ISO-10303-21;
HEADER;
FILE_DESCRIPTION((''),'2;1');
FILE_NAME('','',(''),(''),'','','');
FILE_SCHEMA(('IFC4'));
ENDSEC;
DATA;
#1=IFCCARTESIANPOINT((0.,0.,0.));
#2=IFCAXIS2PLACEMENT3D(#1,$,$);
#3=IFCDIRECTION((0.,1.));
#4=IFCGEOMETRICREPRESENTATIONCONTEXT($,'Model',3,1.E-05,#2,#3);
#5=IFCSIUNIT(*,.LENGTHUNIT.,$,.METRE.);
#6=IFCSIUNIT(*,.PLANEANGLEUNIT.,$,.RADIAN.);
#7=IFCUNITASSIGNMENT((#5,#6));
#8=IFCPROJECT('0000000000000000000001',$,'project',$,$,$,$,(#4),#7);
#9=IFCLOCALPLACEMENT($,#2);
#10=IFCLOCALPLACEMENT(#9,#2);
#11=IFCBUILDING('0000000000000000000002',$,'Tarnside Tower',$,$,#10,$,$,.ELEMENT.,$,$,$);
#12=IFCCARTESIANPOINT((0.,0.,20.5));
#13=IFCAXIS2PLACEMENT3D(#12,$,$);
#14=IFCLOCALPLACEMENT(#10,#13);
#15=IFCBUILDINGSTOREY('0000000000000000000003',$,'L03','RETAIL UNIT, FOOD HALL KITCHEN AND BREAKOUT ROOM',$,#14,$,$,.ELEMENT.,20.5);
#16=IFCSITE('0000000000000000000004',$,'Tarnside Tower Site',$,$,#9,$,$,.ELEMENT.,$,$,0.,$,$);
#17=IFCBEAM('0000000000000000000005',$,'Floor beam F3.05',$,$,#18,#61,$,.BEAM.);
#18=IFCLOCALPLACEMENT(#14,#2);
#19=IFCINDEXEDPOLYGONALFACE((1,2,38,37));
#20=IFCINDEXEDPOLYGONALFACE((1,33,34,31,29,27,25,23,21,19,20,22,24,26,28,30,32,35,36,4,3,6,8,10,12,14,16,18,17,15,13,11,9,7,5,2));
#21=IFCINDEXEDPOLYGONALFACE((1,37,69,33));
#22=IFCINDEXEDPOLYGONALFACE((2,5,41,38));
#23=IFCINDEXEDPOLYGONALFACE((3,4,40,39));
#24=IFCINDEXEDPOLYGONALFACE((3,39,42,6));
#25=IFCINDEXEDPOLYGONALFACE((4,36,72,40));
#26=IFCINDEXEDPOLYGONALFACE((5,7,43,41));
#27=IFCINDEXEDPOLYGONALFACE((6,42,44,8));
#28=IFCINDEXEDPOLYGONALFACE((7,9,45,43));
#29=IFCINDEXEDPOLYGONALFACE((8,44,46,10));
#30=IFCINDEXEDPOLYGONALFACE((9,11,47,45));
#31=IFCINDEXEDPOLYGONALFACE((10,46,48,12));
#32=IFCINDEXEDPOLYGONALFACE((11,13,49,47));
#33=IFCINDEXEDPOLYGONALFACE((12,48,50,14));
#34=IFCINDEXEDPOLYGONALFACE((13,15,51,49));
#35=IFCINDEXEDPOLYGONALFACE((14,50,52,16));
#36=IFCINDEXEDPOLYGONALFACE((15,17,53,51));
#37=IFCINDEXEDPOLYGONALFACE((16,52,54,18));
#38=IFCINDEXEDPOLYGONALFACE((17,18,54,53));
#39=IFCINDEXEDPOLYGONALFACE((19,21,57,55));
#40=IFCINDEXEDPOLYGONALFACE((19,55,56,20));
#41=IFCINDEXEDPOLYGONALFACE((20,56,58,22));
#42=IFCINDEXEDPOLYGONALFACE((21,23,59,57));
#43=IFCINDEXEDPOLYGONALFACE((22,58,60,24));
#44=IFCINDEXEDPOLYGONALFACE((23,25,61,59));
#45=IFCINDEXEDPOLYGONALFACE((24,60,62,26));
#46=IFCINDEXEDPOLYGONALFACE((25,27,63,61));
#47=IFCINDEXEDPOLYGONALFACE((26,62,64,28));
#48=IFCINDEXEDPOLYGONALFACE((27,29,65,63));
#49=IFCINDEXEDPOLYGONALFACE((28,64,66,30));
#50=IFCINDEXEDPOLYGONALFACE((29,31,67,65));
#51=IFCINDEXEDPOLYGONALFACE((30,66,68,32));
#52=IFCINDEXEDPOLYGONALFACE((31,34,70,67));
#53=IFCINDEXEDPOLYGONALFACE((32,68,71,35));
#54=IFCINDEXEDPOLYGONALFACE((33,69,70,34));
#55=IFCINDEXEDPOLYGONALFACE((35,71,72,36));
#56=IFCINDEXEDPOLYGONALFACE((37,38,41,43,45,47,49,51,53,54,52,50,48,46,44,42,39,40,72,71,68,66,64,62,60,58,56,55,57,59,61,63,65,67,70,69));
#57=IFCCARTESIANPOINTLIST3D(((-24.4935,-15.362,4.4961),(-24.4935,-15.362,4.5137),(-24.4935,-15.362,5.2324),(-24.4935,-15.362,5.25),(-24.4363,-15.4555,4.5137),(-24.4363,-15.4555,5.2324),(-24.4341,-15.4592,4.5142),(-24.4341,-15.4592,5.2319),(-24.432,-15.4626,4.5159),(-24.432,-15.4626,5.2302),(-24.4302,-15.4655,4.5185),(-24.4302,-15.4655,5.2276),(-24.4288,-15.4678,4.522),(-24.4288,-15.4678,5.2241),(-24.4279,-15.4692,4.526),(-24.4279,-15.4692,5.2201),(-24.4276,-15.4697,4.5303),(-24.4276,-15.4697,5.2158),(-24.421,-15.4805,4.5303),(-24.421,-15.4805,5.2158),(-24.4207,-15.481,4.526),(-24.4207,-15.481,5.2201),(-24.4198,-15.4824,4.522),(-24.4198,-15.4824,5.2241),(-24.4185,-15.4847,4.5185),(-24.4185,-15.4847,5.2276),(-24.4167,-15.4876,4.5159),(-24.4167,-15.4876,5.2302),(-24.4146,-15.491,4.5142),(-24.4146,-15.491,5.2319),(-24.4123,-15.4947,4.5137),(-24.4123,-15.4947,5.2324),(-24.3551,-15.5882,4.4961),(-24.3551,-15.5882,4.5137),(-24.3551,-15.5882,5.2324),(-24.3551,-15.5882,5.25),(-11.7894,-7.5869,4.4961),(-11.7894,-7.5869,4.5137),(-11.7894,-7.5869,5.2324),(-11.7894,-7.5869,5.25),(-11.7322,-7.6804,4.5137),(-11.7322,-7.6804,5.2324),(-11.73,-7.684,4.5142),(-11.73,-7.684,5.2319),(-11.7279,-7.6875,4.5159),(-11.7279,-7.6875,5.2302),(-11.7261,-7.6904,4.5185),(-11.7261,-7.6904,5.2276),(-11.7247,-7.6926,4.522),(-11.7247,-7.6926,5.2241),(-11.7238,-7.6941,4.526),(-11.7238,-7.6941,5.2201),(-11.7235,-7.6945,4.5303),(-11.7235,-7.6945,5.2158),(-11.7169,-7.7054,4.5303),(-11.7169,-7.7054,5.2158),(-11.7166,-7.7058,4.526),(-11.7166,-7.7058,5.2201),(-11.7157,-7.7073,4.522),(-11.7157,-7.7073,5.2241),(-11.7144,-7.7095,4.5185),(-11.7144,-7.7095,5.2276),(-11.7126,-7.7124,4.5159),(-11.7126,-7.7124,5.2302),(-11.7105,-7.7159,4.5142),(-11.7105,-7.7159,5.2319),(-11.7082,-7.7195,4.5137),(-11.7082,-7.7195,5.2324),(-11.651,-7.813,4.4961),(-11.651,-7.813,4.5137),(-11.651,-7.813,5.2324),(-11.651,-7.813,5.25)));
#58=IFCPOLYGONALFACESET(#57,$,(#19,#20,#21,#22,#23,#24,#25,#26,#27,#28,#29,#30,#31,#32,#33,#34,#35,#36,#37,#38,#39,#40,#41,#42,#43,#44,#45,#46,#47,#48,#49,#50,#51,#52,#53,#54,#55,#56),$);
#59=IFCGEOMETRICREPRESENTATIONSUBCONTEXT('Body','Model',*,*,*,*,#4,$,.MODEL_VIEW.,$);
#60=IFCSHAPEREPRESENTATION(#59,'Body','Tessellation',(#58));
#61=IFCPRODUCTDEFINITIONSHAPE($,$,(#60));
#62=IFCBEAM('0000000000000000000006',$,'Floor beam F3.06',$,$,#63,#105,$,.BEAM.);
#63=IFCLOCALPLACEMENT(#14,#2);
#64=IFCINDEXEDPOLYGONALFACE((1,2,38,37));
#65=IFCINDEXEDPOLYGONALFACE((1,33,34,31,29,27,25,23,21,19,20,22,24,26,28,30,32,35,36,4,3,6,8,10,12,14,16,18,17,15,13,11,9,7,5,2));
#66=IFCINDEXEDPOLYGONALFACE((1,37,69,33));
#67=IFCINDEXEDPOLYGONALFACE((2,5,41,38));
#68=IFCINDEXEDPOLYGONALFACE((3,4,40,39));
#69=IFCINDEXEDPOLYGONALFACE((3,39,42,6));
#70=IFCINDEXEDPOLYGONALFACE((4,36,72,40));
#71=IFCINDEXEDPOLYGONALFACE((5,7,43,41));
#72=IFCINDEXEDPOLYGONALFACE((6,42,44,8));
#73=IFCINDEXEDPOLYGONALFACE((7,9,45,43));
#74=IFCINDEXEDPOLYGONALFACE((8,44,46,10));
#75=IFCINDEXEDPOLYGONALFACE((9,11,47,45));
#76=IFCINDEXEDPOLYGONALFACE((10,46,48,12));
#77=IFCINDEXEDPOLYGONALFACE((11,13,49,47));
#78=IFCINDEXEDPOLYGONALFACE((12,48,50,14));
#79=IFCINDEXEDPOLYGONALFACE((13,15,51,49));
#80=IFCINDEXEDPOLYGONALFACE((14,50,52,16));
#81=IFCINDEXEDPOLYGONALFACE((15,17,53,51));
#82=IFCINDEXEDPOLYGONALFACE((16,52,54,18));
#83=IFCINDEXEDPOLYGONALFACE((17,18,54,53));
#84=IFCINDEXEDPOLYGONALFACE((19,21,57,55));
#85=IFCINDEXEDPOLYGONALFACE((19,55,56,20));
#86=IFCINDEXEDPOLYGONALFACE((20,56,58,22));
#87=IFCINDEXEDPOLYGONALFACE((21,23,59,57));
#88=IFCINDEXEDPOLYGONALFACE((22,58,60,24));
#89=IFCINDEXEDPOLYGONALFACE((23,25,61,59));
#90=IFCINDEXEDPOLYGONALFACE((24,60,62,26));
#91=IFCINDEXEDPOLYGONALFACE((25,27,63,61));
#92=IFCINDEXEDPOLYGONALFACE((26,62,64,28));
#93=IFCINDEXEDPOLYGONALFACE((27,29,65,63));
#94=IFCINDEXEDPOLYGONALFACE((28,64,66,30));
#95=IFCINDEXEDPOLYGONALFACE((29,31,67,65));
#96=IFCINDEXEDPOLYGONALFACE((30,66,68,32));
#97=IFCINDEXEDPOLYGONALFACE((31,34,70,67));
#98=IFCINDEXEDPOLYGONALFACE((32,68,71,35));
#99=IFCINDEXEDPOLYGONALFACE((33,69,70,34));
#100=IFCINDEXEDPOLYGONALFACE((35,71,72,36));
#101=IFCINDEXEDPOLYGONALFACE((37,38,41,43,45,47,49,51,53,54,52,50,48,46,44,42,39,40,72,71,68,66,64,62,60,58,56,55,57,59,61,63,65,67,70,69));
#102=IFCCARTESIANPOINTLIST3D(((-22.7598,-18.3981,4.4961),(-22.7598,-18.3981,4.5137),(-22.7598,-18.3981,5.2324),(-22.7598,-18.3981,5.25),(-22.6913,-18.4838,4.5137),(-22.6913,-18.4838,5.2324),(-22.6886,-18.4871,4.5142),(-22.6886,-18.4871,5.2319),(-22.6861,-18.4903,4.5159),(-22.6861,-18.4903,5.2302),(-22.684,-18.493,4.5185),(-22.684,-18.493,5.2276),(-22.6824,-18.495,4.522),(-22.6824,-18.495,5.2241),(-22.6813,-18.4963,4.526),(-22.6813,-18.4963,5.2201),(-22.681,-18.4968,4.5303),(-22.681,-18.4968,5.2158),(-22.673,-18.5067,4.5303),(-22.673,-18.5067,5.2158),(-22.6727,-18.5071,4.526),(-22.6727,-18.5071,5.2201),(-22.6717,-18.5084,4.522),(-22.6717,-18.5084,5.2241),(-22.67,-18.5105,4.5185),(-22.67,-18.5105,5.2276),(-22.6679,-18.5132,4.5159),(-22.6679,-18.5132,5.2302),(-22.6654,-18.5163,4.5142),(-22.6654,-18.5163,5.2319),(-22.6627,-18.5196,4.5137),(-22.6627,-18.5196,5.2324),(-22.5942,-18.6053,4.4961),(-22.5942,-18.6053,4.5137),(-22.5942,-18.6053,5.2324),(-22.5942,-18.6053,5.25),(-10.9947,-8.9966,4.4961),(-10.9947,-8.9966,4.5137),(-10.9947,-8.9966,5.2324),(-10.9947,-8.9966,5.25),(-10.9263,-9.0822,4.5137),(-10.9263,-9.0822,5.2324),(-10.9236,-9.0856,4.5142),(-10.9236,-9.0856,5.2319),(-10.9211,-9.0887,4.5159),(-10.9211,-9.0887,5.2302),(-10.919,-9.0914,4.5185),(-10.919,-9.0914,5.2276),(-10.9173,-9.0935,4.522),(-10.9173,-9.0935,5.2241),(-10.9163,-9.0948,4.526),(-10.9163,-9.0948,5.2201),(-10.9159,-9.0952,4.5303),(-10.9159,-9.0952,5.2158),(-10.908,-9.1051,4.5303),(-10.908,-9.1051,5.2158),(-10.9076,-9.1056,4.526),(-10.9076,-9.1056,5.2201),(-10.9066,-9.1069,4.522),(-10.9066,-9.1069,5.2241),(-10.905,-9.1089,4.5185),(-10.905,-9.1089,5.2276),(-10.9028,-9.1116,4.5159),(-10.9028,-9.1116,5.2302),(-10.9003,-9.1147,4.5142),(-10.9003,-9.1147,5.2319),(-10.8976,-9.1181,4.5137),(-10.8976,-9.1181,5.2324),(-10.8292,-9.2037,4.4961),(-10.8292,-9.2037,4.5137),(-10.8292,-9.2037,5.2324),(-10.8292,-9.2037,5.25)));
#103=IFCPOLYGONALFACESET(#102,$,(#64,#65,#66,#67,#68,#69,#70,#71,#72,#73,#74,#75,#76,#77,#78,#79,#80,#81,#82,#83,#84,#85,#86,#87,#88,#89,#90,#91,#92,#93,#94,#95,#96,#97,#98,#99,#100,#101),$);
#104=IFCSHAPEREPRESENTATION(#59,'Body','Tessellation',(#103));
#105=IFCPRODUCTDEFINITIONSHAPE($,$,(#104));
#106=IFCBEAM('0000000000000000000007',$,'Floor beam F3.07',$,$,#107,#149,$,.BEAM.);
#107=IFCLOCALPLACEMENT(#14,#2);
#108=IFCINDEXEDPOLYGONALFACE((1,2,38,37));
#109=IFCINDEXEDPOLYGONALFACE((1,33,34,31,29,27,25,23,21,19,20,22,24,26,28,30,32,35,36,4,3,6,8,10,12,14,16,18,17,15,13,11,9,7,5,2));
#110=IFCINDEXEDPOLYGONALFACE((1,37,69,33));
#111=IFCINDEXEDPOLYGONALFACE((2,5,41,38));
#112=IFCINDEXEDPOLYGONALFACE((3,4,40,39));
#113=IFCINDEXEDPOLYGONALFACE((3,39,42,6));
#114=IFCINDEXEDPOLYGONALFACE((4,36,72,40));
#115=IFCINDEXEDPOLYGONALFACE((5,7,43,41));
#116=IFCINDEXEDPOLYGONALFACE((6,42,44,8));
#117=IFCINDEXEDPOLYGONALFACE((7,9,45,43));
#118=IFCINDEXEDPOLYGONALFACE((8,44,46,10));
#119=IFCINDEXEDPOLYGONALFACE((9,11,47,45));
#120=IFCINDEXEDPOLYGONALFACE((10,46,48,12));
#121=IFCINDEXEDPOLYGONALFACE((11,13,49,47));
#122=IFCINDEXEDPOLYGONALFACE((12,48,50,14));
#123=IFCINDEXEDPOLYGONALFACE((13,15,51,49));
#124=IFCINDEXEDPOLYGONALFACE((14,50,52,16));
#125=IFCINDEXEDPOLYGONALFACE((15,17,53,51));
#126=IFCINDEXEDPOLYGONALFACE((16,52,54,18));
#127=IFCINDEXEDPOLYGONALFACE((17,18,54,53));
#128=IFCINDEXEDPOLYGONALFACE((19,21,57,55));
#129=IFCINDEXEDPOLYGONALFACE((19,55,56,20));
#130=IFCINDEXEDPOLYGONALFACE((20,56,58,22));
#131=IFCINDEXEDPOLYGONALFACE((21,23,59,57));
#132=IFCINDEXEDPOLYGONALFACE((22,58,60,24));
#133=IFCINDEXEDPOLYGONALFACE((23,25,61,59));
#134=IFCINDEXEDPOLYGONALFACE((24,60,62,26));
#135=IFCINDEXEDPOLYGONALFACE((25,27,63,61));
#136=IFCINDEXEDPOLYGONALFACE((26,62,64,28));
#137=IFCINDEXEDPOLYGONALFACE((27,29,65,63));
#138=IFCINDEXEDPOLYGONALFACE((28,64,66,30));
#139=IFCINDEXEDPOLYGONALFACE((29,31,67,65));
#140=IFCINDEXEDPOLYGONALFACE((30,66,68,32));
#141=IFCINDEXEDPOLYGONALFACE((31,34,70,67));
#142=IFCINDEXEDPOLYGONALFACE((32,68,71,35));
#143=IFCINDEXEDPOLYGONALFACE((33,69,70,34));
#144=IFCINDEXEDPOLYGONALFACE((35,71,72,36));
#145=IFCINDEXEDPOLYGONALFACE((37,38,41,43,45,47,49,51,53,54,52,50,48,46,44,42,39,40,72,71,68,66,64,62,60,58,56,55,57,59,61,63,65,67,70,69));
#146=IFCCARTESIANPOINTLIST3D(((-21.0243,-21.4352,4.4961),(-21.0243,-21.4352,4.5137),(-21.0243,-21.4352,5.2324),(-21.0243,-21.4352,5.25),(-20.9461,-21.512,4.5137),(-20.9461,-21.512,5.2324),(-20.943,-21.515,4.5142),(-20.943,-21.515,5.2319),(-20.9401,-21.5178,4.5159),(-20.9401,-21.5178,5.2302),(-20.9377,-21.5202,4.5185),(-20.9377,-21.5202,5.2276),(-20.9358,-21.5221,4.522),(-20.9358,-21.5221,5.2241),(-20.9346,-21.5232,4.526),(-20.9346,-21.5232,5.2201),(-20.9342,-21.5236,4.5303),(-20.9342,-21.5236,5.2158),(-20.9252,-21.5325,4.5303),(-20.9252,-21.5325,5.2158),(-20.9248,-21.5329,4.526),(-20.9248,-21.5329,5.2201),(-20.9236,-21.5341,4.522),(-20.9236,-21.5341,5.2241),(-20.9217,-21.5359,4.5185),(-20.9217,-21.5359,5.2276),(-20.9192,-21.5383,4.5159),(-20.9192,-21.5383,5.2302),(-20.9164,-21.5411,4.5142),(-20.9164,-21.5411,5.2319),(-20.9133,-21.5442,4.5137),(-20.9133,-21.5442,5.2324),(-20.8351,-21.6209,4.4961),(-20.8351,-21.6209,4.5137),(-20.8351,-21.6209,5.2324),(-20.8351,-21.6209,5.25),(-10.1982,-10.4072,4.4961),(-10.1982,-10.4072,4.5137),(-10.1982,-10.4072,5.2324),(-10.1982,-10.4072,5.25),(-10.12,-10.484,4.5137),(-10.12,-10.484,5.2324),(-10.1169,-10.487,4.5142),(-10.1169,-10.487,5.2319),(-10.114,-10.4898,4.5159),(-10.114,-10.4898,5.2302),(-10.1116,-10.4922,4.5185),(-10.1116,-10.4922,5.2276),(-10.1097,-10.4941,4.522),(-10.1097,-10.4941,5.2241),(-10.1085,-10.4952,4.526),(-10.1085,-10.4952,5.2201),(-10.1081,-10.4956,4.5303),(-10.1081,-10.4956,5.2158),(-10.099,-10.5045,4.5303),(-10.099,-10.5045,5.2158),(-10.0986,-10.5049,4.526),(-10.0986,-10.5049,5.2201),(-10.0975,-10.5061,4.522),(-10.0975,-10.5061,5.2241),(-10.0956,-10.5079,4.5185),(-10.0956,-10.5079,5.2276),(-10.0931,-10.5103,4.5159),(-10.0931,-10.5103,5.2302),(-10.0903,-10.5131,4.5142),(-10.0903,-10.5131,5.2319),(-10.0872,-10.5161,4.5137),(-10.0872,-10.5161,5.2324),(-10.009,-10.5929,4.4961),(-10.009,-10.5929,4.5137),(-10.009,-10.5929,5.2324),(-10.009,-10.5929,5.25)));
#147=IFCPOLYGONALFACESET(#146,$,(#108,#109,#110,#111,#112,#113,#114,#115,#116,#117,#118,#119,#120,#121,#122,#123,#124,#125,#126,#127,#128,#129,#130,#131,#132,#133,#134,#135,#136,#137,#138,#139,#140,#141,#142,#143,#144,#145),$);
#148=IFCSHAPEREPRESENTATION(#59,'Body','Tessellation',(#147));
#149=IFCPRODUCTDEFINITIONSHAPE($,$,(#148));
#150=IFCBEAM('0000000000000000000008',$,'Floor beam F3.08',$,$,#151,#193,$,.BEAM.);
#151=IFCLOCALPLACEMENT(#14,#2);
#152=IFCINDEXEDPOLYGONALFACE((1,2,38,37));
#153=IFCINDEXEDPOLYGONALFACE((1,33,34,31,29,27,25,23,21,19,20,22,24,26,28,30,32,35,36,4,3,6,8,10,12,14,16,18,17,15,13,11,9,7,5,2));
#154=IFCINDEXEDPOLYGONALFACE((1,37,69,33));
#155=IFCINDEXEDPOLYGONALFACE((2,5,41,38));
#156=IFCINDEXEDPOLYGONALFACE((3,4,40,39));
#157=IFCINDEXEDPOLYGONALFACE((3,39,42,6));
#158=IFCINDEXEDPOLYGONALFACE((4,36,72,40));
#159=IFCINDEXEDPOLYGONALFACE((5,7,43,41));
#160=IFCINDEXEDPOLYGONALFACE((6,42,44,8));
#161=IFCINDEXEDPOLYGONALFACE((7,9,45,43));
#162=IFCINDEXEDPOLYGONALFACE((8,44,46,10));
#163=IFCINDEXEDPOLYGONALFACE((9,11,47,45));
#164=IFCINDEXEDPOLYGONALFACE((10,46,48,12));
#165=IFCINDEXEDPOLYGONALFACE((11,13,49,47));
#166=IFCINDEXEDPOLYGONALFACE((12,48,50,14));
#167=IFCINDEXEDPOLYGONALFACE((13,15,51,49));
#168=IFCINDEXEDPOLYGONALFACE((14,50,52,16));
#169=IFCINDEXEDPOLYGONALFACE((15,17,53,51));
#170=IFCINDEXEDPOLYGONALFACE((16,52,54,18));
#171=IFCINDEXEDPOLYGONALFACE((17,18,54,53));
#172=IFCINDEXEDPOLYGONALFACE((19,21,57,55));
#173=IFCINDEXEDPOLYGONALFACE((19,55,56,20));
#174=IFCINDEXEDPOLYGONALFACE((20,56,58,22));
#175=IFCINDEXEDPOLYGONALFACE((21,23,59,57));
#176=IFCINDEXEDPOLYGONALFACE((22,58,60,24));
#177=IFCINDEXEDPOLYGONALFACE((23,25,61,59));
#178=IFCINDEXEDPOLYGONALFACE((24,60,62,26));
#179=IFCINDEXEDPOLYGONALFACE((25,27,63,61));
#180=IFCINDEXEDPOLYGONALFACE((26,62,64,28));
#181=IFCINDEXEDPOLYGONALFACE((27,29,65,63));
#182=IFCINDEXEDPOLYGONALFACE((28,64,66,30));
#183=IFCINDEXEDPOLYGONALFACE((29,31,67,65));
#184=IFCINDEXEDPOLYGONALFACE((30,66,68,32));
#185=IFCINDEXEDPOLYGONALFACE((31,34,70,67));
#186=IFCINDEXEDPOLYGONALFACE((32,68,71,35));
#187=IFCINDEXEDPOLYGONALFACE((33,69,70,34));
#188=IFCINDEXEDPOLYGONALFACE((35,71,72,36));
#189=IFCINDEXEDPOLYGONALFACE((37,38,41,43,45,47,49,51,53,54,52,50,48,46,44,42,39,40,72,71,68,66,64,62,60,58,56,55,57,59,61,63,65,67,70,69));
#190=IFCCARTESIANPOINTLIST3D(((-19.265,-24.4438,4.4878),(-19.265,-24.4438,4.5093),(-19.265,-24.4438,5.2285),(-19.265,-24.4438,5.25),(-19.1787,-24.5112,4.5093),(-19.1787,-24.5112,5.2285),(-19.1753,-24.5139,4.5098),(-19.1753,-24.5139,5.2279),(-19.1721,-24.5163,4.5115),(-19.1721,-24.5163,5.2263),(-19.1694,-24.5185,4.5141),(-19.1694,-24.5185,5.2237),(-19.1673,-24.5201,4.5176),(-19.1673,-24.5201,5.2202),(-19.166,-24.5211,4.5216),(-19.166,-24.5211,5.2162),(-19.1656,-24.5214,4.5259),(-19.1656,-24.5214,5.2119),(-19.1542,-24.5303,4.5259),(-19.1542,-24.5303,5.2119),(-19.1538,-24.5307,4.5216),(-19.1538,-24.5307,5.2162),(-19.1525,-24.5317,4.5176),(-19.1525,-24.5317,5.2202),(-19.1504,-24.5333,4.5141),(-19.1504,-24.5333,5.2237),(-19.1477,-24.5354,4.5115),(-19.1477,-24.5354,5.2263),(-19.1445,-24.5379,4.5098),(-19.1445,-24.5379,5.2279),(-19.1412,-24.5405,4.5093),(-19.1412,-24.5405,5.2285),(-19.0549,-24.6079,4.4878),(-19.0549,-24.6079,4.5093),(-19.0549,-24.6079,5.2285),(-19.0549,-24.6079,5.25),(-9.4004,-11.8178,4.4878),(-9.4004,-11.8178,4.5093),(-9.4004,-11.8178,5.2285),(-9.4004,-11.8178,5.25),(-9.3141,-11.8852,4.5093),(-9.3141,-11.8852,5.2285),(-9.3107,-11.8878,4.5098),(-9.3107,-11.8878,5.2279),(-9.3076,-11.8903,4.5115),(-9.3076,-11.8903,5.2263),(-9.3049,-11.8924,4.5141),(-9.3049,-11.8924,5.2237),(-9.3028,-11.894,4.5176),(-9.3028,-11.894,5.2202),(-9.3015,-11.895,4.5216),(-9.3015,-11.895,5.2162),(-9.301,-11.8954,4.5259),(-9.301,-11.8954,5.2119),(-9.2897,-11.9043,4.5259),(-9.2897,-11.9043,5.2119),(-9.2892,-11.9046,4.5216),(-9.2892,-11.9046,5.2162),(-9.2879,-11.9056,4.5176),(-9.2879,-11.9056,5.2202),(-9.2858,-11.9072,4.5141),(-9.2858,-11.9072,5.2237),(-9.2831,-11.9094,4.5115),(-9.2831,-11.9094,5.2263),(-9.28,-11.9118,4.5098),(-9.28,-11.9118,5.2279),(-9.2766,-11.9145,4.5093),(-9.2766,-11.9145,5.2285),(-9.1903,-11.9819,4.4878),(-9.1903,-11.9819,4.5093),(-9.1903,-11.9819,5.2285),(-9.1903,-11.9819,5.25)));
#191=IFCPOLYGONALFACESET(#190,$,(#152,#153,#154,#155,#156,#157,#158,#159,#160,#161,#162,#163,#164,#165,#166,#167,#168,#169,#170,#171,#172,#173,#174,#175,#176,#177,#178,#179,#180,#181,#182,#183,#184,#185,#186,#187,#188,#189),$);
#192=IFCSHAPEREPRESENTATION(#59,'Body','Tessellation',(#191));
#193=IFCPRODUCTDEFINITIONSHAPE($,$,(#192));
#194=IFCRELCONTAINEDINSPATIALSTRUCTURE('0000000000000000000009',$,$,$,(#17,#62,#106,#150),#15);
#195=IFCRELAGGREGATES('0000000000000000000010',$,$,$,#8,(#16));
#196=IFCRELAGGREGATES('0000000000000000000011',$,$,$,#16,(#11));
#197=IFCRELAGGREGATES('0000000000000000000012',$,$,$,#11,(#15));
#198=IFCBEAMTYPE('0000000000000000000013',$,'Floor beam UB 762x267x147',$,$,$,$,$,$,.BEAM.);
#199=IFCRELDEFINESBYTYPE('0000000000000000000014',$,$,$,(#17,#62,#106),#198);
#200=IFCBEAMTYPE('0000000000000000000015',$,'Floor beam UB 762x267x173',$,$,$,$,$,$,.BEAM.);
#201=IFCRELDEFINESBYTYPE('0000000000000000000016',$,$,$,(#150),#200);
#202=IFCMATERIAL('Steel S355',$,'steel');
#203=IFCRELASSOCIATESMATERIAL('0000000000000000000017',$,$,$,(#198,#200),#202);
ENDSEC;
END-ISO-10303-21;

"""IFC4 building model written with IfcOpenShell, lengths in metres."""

from ifc_helpers import new_model, si_unit, direction, frame, origin, origin_2d, place, context, subcontext, project, spatial, i_section, extrude, material, material_profile, profile_set, type_object, element, save


model = new_model("IFC4")

# Units and contexts
model_context = context("Model", 3, precision=1e-05, world=origin(), true_north=direction((0.0, 1.0)))
body_context = subcontext(model_context, "Body", "Model", "MODEL_VIEW")
ifc_project = project(units=[si_unit("LENGTHUNIT", "METRE"), si_unit("PLANEANGLEUNIT", "RADIAN")], contexts=[model_context])

# Site, building, storey
site_placement = place(None, origin())
site = spatial("IfcSite", under=ifc_project, at=site_placement, Name="Tarnside Tower Site", CompositionType="ELEMENT", RefElevation=0.0)
building_placement = place(site_placement, origin())
building = spatial("IfcBuilding", under=site, at=building_placement, Name="Tarnside Tower", CompositionType="ELEMENT")
storey_placement = place(building_placement, frame((0.0, 0.0, 20.5)))
storey = spatial("IfcBuildingStorey", under=building, at=storey_placement, Name="L03", Description="RETAIL UNIT, FOOD HALL KITCHEN AND BREAKOUT ROOM", CompositionType="ELEMENT", Elevation=20.5)

# Beams
ifc_material_1 = material(Name="Steel S355", Category="steel")
ifc_material_profile_1 = material_profile(ifc_material_1, i_section(OverallWidth=0.2651, OverallDepth=0.7539, WebThickness=0.0127, FlangeThickness=0.0176, FilletRadius=0.0166, at=origin_2d()), Name="UB 762x267x147")
ifc_profile_set_1 = profile_set([ifc_material_profile_1], Name="Steel S355")
beam_type_1 = type_object("IfcBeamType", Name="Floor beam UB 762x267x147", PredefinedType="BEAM", material=ifc_profile_set_1)
beam_1_placement = place(storey_placement, frame((-24.4243, -15.4751, 4.873), z_axis=(0.852937, 0.522013, 0.0), x_axis=(-0.522013, 0.852937, 0.0)))
element("IfcBeam", 1, at=beam_1_placement, inside=storey, type_object=beam_type_1, Name="Floor beam F3.05", PredefinedType="BEAM", context=body_context, shape_type="SweptSolid", body=[
    extrude(i_section(OverallWidth=0.2651, OverallDepth=0.7539, WebThickness=0.0127, FlangeThickness=0.0176, FilletRadius=0.0166, at=origin_2d()), origin(), (0.0, 0.0, 1.0), 14.8945),
])
beam_2_placement = place(storey_placement, frame((-22.677, -18.5017, 4.873), z_axis=(0.781209, 0.62427, 0.0), x_axis=(-0.62427, 0.781209, 0.0)))
element("IfcBeam", 2, at=beam_2_placement, inside=storey, type_object=beam_type_1, Name="Floor beam F3.06", PredefinedType="BEAM", context=body_context, shape_type="SweptSolid", body=[
    extrude(i_section(OverallWidth=0.2651, OverallDepth=0.7539, WebThickness=0.0127, FlangeThickness=0.0176, FilletRadius=0.0166, at=origin_2d()), origin(), (0.0, 0.0, 1.0), 15.0601),
])
beam_3_placement = place(storey_placement, frame((-20.9297, -21.5281, 4.873), z_axis=(0.700544, 0.713609, 0.0), x_axis=(-0.713609, 0.700544, 0.0)))
element("IfcBeam", 3, at=beam_3_placement, inside=storey, type_object=beam_type_1, Name="Floor beam F3.07", PredefinedType="BEAM", context=body_context, shape_type="SweptSolid", body=[
    extrude(i_section(OverallWidth=0.2651, OverallDepth=0.7539, WebThickness=0.0127, FlangeThickness=0.0176, FilletRadius=0.0166, at=origin_2d()), origin(), (0.0, 0.0, 1.0), 15.4539),
])
ifc_material_profile_2 = material_profile(ifc_material_1, i_section(OverallWidth=0.2666, OverallDepth=0.7622, WebThickness=0.0144, FlangeThickness=0.0215, FilletRadius=0.0166, at=origin_2d()), Name="UB 762x267x173")
ifc_profile_set_2 = profile_set([ifc_material_profile_2], Name="Steel S355")
beam_type_2 = type_object("IfcBeamType", Name="Floor beam UB 762x267x173", PredefinedType="BEAM", material=ifc_profile_set_2)
beam_4_placement = place(storey_placement, frame((-19.1599, -24.5259, 4.8689), z_axis=(0.615662, 0.788011, 0.0), x_axis=(-0.788011, 0.615662, 0.0)))
element("IfcBeam", 4, at=beam_4_placement, inside=storey, type_object=beam_type_2, Name="Floor beam F3.08", PredefinedType="BEAM", context=body_context, shape_type="SweptSolid", body=[
    extrude(i_section(OverallWidth=0.2666, OverallDepth=0.7622, WebThickness=0.0144, FlangeThickness=0.0215, FilletRadius=0.0166, at=origin_2d()), origin(), (0.0, 0.0, 1.0), 16.0227),
])

save(model, "model.ifc")
